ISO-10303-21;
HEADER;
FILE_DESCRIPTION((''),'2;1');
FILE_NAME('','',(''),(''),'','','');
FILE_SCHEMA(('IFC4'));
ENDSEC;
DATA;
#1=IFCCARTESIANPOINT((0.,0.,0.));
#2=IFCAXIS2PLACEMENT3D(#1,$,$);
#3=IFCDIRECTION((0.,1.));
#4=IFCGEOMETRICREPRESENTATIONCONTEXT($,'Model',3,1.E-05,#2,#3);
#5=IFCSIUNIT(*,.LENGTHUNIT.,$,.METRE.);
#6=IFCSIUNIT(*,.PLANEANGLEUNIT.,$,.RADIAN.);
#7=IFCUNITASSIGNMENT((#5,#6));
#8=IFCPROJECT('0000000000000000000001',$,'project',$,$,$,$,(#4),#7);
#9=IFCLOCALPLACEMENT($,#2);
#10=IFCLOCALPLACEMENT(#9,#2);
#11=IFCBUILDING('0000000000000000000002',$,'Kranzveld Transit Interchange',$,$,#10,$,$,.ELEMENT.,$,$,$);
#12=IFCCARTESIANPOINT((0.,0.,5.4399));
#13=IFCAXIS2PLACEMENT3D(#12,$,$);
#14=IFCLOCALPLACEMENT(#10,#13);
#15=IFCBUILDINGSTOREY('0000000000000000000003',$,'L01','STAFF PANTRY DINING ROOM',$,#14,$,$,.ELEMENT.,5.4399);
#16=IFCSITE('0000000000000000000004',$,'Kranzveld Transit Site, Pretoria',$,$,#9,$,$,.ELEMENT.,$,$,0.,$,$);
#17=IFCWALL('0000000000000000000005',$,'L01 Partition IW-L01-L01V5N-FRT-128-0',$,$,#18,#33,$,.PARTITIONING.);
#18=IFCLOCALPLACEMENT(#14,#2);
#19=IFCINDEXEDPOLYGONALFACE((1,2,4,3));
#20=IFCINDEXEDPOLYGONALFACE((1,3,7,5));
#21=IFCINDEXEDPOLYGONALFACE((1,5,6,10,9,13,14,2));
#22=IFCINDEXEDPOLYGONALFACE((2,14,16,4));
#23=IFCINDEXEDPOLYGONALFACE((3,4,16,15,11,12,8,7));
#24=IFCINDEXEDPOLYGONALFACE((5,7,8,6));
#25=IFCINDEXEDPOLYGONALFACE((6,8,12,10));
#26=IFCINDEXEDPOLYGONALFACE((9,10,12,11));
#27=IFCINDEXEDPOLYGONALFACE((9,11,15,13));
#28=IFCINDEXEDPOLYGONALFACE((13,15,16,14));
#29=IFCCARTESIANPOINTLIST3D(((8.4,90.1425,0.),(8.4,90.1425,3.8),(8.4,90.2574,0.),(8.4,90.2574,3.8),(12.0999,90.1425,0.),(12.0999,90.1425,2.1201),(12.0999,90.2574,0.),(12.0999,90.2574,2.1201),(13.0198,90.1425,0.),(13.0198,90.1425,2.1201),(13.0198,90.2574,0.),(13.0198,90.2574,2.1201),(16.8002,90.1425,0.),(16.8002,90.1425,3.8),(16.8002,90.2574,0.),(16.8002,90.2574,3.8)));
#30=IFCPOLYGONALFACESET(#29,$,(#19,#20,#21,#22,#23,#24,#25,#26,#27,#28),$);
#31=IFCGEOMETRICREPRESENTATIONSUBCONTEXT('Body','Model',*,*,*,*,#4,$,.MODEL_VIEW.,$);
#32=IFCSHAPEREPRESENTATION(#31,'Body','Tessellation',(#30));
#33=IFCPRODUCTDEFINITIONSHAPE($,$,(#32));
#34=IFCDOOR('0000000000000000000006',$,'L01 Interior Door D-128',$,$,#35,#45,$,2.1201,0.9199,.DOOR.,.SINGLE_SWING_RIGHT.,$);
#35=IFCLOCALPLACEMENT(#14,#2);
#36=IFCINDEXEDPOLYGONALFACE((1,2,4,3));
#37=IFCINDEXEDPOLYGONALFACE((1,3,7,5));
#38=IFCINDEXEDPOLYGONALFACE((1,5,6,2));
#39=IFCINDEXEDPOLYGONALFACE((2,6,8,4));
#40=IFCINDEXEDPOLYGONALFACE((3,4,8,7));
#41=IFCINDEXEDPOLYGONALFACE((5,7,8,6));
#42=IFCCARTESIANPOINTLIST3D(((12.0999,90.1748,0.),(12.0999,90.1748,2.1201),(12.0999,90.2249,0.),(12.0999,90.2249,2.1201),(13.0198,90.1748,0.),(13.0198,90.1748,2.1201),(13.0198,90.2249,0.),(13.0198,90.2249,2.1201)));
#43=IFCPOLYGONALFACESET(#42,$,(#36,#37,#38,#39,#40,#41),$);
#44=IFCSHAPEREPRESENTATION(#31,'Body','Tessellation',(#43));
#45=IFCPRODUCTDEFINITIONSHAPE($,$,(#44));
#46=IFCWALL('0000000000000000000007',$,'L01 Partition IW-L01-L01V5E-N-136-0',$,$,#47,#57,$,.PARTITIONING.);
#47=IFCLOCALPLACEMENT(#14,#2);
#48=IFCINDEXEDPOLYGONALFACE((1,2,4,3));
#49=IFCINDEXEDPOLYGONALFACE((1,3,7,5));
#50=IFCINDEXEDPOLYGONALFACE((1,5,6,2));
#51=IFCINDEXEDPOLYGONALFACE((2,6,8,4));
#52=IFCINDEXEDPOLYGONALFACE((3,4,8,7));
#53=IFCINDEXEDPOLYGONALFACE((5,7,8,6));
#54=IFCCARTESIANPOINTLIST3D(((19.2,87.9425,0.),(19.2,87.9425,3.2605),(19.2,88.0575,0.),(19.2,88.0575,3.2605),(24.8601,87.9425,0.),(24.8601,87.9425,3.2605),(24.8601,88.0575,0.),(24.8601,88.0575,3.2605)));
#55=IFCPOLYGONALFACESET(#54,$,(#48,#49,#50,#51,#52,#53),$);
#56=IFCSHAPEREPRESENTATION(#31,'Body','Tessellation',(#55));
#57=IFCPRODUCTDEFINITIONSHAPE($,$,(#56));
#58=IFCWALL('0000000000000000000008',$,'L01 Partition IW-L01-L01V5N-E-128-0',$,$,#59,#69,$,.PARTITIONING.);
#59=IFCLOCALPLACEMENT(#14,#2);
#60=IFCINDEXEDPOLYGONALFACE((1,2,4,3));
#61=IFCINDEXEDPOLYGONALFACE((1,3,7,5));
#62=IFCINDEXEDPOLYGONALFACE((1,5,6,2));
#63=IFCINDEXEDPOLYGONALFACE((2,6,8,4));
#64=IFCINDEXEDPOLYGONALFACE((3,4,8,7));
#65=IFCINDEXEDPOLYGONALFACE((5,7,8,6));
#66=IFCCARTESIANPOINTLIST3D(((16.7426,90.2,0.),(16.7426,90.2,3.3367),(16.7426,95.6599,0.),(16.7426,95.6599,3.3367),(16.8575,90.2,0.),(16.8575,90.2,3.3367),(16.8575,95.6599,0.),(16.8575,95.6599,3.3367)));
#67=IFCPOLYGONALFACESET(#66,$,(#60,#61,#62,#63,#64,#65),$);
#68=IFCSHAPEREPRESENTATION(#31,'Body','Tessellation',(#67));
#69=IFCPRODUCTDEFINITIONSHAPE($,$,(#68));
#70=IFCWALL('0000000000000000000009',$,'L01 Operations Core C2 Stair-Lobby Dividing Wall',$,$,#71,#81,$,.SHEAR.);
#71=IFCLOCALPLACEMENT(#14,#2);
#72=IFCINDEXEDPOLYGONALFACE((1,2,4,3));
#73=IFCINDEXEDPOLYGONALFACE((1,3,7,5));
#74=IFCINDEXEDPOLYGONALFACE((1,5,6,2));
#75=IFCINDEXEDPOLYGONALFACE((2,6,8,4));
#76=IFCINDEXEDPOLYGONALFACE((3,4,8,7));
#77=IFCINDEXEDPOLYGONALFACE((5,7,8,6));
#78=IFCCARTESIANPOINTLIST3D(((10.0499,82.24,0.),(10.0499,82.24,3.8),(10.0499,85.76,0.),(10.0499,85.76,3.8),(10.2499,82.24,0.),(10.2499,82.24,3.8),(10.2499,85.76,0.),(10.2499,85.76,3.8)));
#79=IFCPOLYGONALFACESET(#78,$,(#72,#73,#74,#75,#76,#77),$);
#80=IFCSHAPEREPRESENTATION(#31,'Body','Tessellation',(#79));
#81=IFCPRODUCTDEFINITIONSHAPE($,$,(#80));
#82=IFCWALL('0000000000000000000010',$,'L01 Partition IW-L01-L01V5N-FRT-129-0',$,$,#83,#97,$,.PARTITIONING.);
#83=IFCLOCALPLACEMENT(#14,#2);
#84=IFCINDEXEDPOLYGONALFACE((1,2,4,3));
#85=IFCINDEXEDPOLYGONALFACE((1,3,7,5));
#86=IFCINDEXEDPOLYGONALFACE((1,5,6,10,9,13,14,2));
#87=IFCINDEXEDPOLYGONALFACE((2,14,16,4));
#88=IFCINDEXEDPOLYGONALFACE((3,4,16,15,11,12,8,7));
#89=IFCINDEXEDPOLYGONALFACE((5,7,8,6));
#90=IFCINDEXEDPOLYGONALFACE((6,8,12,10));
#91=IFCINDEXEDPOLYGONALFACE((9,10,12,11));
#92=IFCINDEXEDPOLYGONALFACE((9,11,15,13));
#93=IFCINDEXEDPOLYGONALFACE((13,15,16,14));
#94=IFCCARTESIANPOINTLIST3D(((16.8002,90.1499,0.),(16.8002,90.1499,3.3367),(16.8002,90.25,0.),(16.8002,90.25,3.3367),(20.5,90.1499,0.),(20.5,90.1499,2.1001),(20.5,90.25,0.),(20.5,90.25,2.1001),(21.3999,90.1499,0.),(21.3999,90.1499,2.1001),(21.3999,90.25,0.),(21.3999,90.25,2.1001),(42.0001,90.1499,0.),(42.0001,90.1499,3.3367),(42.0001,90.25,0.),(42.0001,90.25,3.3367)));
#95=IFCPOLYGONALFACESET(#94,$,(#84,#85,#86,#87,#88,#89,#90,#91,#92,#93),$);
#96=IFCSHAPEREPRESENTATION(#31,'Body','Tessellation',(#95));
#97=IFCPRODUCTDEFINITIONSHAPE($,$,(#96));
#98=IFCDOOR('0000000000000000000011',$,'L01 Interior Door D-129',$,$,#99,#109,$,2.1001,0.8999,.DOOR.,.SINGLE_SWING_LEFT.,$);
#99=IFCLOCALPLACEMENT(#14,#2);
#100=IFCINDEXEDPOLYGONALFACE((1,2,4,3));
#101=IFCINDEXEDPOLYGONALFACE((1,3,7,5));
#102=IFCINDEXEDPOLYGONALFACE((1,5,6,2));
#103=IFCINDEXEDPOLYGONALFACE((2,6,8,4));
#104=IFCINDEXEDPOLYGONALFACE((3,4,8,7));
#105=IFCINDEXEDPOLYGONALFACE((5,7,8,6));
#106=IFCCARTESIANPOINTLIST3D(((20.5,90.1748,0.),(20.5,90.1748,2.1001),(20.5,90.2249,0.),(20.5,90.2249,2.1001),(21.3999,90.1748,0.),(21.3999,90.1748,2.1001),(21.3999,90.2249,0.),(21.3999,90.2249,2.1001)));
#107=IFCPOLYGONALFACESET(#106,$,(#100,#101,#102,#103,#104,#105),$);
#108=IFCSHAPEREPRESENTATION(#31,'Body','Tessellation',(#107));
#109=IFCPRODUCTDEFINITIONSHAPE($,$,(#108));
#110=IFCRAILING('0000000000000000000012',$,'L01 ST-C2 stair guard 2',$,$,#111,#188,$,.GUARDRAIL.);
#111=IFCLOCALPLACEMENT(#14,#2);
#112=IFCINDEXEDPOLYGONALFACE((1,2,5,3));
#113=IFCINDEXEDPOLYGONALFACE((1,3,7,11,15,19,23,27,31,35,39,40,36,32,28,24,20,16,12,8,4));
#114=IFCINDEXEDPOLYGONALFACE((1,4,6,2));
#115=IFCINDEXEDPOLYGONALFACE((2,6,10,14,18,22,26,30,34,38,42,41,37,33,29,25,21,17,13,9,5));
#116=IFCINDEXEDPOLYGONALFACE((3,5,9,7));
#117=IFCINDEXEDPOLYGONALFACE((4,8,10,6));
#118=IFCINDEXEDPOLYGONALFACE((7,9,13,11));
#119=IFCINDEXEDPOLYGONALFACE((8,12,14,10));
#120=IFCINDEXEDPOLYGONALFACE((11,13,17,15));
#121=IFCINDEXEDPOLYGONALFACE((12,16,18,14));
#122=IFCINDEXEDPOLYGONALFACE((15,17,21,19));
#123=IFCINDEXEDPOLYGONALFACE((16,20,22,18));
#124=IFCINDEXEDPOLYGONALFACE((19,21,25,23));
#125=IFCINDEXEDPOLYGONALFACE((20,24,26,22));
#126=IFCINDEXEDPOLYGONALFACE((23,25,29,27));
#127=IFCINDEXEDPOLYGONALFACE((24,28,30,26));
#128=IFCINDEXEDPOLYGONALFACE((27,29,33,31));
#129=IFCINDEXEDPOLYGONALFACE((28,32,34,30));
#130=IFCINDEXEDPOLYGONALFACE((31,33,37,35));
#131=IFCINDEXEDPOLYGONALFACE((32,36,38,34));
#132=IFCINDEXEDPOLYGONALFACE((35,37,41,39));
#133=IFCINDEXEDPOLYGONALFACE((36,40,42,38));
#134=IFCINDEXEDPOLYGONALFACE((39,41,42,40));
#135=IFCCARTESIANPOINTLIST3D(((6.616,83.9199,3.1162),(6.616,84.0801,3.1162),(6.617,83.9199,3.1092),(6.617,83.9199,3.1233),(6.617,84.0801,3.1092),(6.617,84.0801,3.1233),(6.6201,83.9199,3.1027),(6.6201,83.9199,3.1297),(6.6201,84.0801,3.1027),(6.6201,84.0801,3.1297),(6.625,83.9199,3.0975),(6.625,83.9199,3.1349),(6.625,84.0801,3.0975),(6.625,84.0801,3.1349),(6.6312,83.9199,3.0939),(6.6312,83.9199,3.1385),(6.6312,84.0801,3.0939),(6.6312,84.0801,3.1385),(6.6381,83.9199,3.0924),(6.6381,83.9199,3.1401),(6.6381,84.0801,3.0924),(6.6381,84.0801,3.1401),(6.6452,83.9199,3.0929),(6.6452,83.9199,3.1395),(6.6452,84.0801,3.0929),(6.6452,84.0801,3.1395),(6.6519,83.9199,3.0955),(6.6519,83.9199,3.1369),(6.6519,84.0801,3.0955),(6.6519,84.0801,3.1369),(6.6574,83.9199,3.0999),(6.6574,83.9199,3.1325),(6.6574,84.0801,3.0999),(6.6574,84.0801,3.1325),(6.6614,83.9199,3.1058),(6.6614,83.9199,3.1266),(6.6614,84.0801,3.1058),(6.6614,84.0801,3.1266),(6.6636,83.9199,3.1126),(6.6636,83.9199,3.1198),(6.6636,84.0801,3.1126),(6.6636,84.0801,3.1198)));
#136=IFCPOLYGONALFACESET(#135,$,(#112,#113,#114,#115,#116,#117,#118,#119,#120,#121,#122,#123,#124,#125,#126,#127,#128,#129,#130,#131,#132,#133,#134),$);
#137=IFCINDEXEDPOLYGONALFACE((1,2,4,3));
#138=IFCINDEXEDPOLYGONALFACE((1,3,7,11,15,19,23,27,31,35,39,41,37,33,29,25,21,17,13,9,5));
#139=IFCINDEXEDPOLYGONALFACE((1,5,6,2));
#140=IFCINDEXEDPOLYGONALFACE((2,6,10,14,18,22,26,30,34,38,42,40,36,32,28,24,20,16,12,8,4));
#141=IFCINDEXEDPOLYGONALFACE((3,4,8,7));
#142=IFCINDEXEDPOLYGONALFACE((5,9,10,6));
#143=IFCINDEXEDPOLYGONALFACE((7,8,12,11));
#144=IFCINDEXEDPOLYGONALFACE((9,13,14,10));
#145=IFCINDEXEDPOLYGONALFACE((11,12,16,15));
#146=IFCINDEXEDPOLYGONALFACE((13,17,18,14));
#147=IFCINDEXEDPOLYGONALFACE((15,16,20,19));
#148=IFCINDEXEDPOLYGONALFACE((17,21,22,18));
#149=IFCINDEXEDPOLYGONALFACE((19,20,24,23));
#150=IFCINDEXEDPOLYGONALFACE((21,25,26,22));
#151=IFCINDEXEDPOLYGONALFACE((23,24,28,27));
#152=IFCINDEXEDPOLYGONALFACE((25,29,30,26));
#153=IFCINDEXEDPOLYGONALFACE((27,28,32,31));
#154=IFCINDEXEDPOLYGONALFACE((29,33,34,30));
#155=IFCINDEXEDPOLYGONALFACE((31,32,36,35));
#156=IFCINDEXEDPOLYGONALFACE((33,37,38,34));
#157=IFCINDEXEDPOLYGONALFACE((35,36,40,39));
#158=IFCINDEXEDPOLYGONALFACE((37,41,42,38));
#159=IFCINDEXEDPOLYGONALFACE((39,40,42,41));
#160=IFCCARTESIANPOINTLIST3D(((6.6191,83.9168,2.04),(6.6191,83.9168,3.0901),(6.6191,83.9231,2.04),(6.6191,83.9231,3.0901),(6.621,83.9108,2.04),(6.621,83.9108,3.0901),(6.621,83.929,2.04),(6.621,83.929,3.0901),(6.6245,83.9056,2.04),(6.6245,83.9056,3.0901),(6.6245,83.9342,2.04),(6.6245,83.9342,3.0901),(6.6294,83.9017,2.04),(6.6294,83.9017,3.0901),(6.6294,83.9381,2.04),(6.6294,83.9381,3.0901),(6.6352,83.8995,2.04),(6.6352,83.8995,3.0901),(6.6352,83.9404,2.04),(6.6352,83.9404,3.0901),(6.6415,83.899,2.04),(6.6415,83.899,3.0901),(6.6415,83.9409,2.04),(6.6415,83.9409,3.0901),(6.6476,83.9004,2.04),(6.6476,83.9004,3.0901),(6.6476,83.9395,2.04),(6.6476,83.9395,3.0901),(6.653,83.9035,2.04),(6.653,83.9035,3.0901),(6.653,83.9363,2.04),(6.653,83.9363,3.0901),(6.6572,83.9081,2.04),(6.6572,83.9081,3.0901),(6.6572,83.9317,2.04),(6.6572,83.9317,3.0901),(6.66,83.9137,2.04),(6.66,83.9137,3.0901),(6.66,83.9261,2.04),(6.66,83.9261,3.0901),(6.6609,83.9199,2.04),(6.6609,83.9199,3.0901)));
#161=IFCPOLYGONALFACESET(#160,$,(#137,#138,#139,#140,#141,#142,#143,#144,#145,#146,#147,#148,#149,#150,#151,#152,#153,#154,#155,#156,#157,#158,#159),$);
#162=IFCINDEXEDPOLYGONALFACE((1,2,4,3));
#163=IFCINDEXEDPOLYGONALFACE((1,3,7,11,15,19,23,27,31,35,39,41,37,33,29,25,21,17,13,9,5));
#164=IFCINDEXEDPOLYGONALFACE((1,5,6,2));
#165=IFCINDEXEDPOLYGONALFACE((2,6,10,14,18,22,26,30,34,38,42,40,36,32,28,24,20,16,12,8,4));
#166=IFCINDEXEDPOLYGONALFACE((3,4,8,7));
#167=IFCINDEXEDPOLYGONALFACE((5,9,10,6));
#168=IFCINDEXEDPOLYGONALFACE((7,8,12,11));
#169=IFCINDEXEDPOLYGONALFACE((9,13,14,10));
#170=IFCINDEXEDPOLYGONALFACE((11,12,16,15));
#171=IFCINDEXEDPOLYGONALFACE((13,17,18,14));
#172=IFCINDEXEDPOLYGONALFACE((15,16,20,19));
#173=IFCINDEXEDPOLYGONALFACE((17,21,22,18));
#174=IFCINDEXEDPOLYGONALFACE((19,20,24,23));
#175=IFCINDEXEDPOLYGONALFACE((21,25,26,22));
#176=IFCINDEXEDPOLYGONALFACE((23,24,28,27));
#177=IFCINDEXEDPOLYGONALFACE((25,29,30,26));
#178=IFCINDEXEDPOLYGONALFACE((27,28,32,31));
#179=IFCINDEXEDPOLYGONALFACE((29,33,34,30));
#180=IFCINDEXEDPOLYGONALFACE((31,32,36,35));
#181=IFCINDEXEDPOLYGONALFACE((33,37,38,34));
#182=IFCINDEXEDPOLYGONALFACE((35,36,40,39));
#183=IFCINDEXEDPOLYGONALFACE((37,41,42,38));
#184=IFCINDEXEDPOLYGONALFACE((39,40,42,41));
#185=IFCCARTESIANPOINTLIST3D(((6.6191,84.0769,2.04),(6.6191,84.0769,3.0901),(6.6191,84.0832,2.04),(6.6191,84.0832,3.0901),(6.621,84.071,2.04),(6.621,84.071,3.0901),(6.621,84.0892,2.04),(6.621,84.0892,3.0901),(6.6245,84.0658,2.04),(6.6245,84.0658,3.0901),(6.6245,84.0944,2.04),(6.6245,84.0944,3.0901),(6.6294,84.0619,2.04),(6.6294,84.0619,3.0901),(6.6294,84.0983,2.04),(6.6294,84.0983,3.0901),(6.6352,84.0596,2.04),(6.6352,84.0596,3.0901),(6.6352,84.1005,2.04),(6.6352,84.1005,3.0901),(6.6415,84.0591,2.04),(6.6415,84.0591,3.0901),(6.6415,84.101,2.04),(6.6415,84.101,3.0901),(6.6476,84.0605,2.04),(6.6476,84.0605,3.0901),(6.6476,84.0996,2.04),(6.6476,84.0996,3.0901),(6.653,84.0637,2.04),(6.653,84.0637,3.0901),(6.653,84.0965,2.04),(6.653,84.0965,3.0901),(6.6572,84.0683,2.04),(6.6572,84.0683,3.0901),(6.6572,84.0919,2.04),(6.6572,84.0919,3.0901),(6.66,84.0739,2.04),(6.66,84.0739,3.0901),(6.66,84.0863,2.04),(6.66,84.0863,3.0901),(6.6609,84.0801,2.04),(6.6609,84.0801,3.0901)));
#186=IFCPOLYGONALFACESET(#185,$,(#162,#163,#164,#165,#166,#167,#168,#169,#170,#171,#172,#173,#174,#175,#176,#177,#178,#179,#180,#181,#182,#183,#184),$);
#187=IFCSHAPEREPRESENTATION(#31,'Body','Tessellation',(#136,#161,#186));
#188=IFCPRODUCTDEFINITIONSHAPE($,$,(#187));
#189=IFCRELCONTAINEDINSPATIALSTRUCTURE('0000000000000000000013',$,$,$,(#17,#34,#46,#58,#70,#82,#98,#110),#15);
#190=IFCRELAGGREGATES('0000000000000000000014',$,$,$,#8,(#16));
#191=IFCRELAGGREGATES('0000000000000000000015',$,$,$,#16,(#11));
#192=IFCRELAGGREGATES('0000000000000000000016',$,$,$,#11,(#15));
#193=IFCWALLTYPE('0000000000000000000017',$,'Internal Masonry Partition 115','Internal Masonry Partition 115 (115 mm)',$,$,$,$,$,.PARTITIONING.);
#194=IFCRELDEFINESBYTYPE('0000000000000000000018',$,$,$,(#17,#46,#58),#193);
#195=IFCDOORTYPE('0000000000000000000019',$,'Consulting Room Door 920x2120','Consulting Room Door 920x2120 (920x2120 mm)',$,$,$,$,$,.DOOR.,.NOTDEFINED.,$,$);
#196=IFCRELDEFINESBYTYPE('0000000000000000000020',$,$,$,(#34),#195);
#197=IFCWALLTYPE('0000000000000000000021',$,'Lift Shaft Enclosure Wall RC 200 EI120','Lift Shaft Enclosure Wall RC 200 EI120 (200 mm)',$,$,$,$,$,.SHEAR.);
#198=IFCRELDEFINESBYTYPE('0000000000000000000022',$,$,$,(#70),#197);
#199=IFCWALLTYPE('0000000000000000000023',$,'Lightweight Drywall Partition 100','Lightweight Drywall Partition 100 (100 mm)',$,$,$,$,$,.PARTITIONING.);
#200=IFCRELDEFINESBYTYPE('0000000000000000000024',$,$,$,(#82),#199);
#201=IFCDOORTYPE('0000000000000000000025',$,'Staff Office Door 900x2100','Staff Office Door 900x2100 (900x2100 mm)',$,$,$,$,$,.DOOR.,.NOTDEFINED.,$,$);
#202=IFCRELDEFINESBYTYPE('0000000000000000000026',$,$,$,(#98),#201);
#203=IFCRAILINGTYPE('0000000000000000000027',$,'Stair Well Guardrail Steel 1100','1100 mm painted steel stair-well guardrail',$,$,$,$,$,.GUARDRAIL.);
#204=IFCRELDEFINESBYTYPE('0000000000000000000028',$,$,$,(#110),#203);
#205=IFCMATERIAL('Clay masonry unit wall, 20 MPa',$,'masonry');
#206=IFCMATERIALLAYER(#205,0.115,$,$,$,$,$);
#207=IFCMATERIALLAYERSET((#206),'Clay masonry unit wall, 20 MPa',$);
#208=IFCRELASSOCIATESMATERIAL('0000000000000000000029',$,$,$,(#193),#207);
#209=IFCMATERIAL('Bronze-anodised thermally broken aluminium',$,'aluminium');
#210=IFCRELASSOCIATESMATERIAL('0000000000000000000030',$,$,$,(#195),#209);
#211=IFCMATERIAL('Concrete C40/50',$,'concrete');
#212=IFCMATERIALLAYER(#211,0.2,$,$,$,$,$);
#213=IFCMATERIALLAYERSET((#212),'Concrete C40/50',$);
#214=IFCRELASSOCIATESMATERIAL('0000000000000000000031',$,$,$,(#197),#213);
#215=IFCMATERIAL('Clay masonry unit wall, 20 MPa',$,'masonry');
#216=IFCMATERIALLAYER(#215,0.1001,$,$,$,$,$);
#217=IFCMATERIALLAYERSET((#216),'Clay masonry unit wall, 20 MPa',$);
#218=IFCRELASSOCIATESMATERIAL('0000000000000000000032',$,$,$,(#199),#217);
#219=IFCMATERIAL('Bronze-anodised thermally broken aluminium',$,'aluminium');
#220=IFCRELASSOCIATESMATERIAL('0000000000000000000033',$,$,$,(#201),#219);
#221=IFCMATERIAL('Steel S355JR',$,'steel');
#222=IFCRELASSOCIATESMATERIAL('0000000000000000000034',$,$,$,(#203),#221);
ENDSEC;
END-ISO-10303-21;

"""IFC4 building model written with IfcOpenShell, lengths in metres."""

from ifc_helpers import new_model, si_unit, direction, frame, frame_2d, origin, origin_2d, place, context, subcontext, project, spatial, rectangle, circle, extrude, material, layer, layer_set, type_object, element, fill, save


model = new_model("IFC4")

# Units and contexts
model_context = context("Model", 3, precision=1e-05, world=origin(), true_north=direction((0.0, 1.0)))
body_context = subcontext(model_context, "Body", "Model", "MODEL_VIEW")
ifc_project = project(units=[si_unit("LENGTHUNIT", "METRE"), si_unit("PLANEANGLEUNIT", "RADIAN")], contexts=[model_context])

# Site, building, storey
site_placement = place(None, origin())
site = spatial("IfcSite", under=ifc_project, at=site_placement, Name="Kranzveld Transit Site, Pretoria", CompositionType="ELEMENT", RefElevation=0.0)
building_placement = place(site_placement, origin())
building = spatial("IfcBuilding", under=site, at=building_placement, Name="Kranzveld Transit Interchange", CompositionType="ELEMENT")
storey_placement = place(building_placement, frame((0.0, 0.0, 5.4399)))
storey = spatial("IfcBuildingStorey", under=building, at=storey_placement, Name="L01", Description="STAFF PANTRY DINING ROOM", CompositionType="ELEMENT", Elevation=5.4399)

# Wall, opening, door
ifc_material_1 = material(Name="Clay masonry unit wall, 20 MPa", Category="masonry")
ifc_layer_1 = layer(ifc_material_1, 0.115)
ifc_layer_set_1 = layer_set([ifc_layer_1], Name="Clay masonry unit wall, 20 MPa")
wall_type_1 = type_object("IfcWallType", Name="Internal Masonry Partition 115", Description="Internal Masonry Partition 115 (115 mm)", PredefinedType="PARTITIONING", material=ifc_layer_set_1)
wall_1_placement = place(storey_placement, frame((8.3999, 90.2, 0.0), z_axis=(0.0, 0.0, 1.0), x_axis=(1.0, 0.0, 0.0)))
wall_1 = element("IfcWall", 1, at=wall_1_placement, inside=storey, type_object=wall_type_1, Name="L01 Partition IW-L01-L01V5N-FRT-128-0", PredefinedType="PARTITIONING", context=body_context, shape_type="SweptSolid", body=[
    extrude(rectangle(XDim=8.4001, YDim=0.115, at=frame_2d((4.2002, 0.0))), origin(), (0.0, 0.0, 1.0), 3.8),
])
opening_1_placement = place(wall_1_placement, frame((3.7, 0.0, 0.0), z_axis=(0.0, 0.0, 1.0), x_axis=(1.0, 0.0, 0.0)))
opening_1 = element("IfcOpeningElement", 2, at=opening_1_placement, cuts=wall_1, PredefinedType="OPENING", context=body_context, shape_type="SweptSolid", body=[
    extrude(rectangle(XDim=0.9199, YDim=2.1201, at=frame_2d((0.46, 1.0601))), frame((0.0, 0.0674, 0.0), z_axis=(0.0, -1.0, 0.0), x_axis=(1.0, 0.0, 0.0)), (0.0, 0.0, 1.0), 0.135),
])
ifc_material_2 = material(Name="Bronze-anodised thermally broken aluminium", Category="aluminium")
door_type_1 = type_object("IfcDoorType", Name="Consulting Room Door 920x2120", Description="Consulting Room Door 920x2120 (920x2120 mm)", OperationType="NOTDEFINED", PredefinedType="DOOR", material=ifc_material_2)
door_1_placement = place(opening_1_placement, origin())
door_1 = element("IfcDoor", 3, at=door_1_placement, inside=storey, type_object=door_type_1, Name="L01 Interior Door D-128", OperationType="SINGLE_SWING_RIGHT", OverallHeight=2.1201, OverallWidth=0.9199, PredefinedType="DOOR", context=body_context, shape_type="SweptSolid", body=[
    extrude(rectangle(XDim=0.9199, YDim=2.1201, at=frame_2d((0.46, 1.0601))), frame((0.0, 0.0249, 0.0), z_axis=(0.0, -1.0, 0.0), x_axis=(1.0, 0.0, 0.0)), (0.0, 0.0, 1.0), 0.05),
])
fill(opening_1, door_1)

# Walls
wall_2_placement = place(storey_placement, frame((19.2, 88.0, 0.0), z_axis=(0.0, 0.0, 1.0), x_axis=(1.0, 0.0, 0.0)))
element("IfcWall", 4, at=wall_2_placement, inside=storey, type_object=wall_type_1, Name="L01 Partition IW-L01-L01V5E-N-136-0", PredefinedType="PARTITIONING", context=body_context, shape_type="SweptSolid", body=[
    extrude(rectangle(XDim=5.6602, YDim=0.115, at=frame_2d((2.8301, 0.0))), origin(), (0.0, 0.0, 1.0), 3.2605),
])
wall_3_placement = place(storey_placement, frame((16.8, 90.2, 0.0), z_axis=(0.0, 0.0, 1.0), x_axis=(0.0, 1.0, 0.0)))
element("IfcWall", 5, at=wall_3_placement, inside=storey, type_object=wall_type_1, Name="L01 Partition IW-L01-L01V5N-E-128-0", PredefinedType="PARTITIONING", context=body_context, shape_type="SweptSolid", body=[
    extrude(rectangle(XDim=5.46, YDim=0.115, at=frame_2d((2.73, 0.0))), origin(), (0.0, 0.0, 1.0), 3.3367),
])
ifc_material_3 = material(Name="Concrete C40/50", Category="concrete")
ifc_layer_2 = layer(ifc_material_3, 0.2)
ifc_layer_set_2 = layer_set([ifc_layer_2], Name="Concrete C40/50")
wall_type_2 = type_object("IfcWallType", Name="Lift Shaft Enclosure Wall RC 200 EI120", Description="Lift Shaft Enclosure Wall RC 200 EI120 (200 mm)", PredefinedType="SHEAR", material=ifc_layer_set_2)
wall_4_placement = place(storey_placement, frame((10.1499, 82.24, 0.0), z_axis=(0.0, 0.0, 1.0), x_axis=(0.0, 1.0, 0.0)))
element("IfcWall", 6, at=wall_4_placement, inside=storey, type_object=wall_type_2, Name="L01 Operations Core C2 Stair-Lobby Dividing Wall", PredefinedType="SHEAR", context=body_context, shape_type="SweptSolid", body=[
    extrude(rectangle(XDim=3.52, YDim=0.2, at=frame_2d((1.76, 0.0))), origin(), (0.0, 0.0, 1.0), 3.8),
])

# Wall, opening, door
ifc_material_4 = material(Name="Clay masonry unit wall, 20 MPa", Category="masonry")
ifc_layer_3 = layer(ifc_material_4, 0.1001)
ifc_layer_set_3 = layer_set([ifc_layer_3], Name="Clay masonry unit wall, 20 MPa")
wall_type_3 = type_object("IfcWallType", Name="Lightweight Drywall Partition 100", Description="Lightweight Drywall Partition 100 (100 mm)", PredefinedType="PARTITIONING", material=ifc_layer_set_3)
wall_5_placement = place(storey_placement, frame((16.8, 90.2, 0.0), z_axis=(0.0, 0.0, 1.0), x_axis=(1.0, 0.0, 0.0)))
wall_5 = element("IfcWall", 7, at=wall_5_placement, inside=storey, type_object=wall_type_3, Name="L01 Partition IW-L01-L01V5N-FRT-129-0", PredefinedType="PARTITIONING", context=body_context, shape_type="SweptSolid", body=[
    extrude(rectangle(XDim=25.2, YDim=0.1001, at=frame_2d((12.6001, 0.0))), origin(), (0.0, 0.0, 1.0), 3.3367),
])
opening_2_placement = place(wall_5_placement, frame((3.7, 0.0, 0.0), z_axis=(0.0, 0.0, 1.0), x_axis=(1.0, 0.0, 0.0)))
opening_2 = element("IfcOpeningElement", 8, at=opening_2_placement, cuts=wall_5, PredefinedType="OPENING", context=body_context, shape_type="SweptSolid", body=[
    extrude(rectangle(XDim=0.8999, YDim=2.1001, at=frame_2d((0.45, 1.05))), frame((0.0, 0.0601, 0.0), z_axis=(0.0, -1.0, 0.0), x_axis=(1.0, 0.0, 0.0)), (0.0, 0.0, 1.0), 0.1201),
])
ifc_material_5 = material(Name="Bronze-anodised thermally broken aluminium", Category="aluminium")
door_type_2 = type_object("IfcDoorType", Name="Staff Office Door 900x2100", Description="Staff Office Door 900x2100 (900x2100 mm)", OperationType="NOTDEFINED", PredefinedType="DOOR", material=ifc_material_5)
door_2_placement = place(opening_2_placement, origin())
door_2 = element("IfcDoor", 9, at=door_2_placement, inside=storey, type_object=door_type_2, Name="L01 Interior Door D-129", OperationType="SINGLE_SWING_LEFT", OverallHeight=2.1001, OverallWidth=0.8999, PredefinedType="DOOR", context=body_context, shape_type="SweptSolid", body=[
    extrude(rectangle(XDim=0.8999, YDim=2.1001, at=frame_2d((0.45, 1.05))), frame((0.0, 0.0249, 0.0), z_axis=(0.0, -1.0, 0.0), x_axis=(1.0, 0.0, 0.0)), (0.0, 0.0, 1.0), 0.05),
])
fill(opening_2, door_2)

# Railing
ifc_material_6 = material(Name="Steel S355JR", Category="steel")
railing_type = type_object("IfcRailingType", Name="Stair Well Guardrail Steel 1100", Description="1100 mm painted steel stair-well guardrail", PredefinedType="GUARDRAIL", material=ifc_material_6)
railing_placement = place(storey_placement, frame((6.6399, 83.9199, 2.04)))
element("IfcRailing", 10, at=railing_placement, inside=storey, type_object=railing_type, Name="L01 ST-C2 stair guard 2", PredefinedType="GUARDRAIL", context=body_context, shape_type="SweptSolid", body=[
    extrude(circle(Radius=0.0239, at=origin_2d()), frame((0.0, 0.0, 1.0762), z_axis=(0.0, 1.0, 0.0), x_axis=(-1.0, 0.0, 0.0)), (0.0, 0.0, 1.0), 0.1602),
    extrude(circle(Radius=0.021, at=origin_2d()), origin(), (0.0, 0.0, 1.0), 1.05),
    extrude(circle(Radius=0.021, at=origin_2d()), frame((0.0, 0.1602, 0.0)), (0.0, 0.0, 1.0), 1.05),
])

save(model, "model.ifc")
